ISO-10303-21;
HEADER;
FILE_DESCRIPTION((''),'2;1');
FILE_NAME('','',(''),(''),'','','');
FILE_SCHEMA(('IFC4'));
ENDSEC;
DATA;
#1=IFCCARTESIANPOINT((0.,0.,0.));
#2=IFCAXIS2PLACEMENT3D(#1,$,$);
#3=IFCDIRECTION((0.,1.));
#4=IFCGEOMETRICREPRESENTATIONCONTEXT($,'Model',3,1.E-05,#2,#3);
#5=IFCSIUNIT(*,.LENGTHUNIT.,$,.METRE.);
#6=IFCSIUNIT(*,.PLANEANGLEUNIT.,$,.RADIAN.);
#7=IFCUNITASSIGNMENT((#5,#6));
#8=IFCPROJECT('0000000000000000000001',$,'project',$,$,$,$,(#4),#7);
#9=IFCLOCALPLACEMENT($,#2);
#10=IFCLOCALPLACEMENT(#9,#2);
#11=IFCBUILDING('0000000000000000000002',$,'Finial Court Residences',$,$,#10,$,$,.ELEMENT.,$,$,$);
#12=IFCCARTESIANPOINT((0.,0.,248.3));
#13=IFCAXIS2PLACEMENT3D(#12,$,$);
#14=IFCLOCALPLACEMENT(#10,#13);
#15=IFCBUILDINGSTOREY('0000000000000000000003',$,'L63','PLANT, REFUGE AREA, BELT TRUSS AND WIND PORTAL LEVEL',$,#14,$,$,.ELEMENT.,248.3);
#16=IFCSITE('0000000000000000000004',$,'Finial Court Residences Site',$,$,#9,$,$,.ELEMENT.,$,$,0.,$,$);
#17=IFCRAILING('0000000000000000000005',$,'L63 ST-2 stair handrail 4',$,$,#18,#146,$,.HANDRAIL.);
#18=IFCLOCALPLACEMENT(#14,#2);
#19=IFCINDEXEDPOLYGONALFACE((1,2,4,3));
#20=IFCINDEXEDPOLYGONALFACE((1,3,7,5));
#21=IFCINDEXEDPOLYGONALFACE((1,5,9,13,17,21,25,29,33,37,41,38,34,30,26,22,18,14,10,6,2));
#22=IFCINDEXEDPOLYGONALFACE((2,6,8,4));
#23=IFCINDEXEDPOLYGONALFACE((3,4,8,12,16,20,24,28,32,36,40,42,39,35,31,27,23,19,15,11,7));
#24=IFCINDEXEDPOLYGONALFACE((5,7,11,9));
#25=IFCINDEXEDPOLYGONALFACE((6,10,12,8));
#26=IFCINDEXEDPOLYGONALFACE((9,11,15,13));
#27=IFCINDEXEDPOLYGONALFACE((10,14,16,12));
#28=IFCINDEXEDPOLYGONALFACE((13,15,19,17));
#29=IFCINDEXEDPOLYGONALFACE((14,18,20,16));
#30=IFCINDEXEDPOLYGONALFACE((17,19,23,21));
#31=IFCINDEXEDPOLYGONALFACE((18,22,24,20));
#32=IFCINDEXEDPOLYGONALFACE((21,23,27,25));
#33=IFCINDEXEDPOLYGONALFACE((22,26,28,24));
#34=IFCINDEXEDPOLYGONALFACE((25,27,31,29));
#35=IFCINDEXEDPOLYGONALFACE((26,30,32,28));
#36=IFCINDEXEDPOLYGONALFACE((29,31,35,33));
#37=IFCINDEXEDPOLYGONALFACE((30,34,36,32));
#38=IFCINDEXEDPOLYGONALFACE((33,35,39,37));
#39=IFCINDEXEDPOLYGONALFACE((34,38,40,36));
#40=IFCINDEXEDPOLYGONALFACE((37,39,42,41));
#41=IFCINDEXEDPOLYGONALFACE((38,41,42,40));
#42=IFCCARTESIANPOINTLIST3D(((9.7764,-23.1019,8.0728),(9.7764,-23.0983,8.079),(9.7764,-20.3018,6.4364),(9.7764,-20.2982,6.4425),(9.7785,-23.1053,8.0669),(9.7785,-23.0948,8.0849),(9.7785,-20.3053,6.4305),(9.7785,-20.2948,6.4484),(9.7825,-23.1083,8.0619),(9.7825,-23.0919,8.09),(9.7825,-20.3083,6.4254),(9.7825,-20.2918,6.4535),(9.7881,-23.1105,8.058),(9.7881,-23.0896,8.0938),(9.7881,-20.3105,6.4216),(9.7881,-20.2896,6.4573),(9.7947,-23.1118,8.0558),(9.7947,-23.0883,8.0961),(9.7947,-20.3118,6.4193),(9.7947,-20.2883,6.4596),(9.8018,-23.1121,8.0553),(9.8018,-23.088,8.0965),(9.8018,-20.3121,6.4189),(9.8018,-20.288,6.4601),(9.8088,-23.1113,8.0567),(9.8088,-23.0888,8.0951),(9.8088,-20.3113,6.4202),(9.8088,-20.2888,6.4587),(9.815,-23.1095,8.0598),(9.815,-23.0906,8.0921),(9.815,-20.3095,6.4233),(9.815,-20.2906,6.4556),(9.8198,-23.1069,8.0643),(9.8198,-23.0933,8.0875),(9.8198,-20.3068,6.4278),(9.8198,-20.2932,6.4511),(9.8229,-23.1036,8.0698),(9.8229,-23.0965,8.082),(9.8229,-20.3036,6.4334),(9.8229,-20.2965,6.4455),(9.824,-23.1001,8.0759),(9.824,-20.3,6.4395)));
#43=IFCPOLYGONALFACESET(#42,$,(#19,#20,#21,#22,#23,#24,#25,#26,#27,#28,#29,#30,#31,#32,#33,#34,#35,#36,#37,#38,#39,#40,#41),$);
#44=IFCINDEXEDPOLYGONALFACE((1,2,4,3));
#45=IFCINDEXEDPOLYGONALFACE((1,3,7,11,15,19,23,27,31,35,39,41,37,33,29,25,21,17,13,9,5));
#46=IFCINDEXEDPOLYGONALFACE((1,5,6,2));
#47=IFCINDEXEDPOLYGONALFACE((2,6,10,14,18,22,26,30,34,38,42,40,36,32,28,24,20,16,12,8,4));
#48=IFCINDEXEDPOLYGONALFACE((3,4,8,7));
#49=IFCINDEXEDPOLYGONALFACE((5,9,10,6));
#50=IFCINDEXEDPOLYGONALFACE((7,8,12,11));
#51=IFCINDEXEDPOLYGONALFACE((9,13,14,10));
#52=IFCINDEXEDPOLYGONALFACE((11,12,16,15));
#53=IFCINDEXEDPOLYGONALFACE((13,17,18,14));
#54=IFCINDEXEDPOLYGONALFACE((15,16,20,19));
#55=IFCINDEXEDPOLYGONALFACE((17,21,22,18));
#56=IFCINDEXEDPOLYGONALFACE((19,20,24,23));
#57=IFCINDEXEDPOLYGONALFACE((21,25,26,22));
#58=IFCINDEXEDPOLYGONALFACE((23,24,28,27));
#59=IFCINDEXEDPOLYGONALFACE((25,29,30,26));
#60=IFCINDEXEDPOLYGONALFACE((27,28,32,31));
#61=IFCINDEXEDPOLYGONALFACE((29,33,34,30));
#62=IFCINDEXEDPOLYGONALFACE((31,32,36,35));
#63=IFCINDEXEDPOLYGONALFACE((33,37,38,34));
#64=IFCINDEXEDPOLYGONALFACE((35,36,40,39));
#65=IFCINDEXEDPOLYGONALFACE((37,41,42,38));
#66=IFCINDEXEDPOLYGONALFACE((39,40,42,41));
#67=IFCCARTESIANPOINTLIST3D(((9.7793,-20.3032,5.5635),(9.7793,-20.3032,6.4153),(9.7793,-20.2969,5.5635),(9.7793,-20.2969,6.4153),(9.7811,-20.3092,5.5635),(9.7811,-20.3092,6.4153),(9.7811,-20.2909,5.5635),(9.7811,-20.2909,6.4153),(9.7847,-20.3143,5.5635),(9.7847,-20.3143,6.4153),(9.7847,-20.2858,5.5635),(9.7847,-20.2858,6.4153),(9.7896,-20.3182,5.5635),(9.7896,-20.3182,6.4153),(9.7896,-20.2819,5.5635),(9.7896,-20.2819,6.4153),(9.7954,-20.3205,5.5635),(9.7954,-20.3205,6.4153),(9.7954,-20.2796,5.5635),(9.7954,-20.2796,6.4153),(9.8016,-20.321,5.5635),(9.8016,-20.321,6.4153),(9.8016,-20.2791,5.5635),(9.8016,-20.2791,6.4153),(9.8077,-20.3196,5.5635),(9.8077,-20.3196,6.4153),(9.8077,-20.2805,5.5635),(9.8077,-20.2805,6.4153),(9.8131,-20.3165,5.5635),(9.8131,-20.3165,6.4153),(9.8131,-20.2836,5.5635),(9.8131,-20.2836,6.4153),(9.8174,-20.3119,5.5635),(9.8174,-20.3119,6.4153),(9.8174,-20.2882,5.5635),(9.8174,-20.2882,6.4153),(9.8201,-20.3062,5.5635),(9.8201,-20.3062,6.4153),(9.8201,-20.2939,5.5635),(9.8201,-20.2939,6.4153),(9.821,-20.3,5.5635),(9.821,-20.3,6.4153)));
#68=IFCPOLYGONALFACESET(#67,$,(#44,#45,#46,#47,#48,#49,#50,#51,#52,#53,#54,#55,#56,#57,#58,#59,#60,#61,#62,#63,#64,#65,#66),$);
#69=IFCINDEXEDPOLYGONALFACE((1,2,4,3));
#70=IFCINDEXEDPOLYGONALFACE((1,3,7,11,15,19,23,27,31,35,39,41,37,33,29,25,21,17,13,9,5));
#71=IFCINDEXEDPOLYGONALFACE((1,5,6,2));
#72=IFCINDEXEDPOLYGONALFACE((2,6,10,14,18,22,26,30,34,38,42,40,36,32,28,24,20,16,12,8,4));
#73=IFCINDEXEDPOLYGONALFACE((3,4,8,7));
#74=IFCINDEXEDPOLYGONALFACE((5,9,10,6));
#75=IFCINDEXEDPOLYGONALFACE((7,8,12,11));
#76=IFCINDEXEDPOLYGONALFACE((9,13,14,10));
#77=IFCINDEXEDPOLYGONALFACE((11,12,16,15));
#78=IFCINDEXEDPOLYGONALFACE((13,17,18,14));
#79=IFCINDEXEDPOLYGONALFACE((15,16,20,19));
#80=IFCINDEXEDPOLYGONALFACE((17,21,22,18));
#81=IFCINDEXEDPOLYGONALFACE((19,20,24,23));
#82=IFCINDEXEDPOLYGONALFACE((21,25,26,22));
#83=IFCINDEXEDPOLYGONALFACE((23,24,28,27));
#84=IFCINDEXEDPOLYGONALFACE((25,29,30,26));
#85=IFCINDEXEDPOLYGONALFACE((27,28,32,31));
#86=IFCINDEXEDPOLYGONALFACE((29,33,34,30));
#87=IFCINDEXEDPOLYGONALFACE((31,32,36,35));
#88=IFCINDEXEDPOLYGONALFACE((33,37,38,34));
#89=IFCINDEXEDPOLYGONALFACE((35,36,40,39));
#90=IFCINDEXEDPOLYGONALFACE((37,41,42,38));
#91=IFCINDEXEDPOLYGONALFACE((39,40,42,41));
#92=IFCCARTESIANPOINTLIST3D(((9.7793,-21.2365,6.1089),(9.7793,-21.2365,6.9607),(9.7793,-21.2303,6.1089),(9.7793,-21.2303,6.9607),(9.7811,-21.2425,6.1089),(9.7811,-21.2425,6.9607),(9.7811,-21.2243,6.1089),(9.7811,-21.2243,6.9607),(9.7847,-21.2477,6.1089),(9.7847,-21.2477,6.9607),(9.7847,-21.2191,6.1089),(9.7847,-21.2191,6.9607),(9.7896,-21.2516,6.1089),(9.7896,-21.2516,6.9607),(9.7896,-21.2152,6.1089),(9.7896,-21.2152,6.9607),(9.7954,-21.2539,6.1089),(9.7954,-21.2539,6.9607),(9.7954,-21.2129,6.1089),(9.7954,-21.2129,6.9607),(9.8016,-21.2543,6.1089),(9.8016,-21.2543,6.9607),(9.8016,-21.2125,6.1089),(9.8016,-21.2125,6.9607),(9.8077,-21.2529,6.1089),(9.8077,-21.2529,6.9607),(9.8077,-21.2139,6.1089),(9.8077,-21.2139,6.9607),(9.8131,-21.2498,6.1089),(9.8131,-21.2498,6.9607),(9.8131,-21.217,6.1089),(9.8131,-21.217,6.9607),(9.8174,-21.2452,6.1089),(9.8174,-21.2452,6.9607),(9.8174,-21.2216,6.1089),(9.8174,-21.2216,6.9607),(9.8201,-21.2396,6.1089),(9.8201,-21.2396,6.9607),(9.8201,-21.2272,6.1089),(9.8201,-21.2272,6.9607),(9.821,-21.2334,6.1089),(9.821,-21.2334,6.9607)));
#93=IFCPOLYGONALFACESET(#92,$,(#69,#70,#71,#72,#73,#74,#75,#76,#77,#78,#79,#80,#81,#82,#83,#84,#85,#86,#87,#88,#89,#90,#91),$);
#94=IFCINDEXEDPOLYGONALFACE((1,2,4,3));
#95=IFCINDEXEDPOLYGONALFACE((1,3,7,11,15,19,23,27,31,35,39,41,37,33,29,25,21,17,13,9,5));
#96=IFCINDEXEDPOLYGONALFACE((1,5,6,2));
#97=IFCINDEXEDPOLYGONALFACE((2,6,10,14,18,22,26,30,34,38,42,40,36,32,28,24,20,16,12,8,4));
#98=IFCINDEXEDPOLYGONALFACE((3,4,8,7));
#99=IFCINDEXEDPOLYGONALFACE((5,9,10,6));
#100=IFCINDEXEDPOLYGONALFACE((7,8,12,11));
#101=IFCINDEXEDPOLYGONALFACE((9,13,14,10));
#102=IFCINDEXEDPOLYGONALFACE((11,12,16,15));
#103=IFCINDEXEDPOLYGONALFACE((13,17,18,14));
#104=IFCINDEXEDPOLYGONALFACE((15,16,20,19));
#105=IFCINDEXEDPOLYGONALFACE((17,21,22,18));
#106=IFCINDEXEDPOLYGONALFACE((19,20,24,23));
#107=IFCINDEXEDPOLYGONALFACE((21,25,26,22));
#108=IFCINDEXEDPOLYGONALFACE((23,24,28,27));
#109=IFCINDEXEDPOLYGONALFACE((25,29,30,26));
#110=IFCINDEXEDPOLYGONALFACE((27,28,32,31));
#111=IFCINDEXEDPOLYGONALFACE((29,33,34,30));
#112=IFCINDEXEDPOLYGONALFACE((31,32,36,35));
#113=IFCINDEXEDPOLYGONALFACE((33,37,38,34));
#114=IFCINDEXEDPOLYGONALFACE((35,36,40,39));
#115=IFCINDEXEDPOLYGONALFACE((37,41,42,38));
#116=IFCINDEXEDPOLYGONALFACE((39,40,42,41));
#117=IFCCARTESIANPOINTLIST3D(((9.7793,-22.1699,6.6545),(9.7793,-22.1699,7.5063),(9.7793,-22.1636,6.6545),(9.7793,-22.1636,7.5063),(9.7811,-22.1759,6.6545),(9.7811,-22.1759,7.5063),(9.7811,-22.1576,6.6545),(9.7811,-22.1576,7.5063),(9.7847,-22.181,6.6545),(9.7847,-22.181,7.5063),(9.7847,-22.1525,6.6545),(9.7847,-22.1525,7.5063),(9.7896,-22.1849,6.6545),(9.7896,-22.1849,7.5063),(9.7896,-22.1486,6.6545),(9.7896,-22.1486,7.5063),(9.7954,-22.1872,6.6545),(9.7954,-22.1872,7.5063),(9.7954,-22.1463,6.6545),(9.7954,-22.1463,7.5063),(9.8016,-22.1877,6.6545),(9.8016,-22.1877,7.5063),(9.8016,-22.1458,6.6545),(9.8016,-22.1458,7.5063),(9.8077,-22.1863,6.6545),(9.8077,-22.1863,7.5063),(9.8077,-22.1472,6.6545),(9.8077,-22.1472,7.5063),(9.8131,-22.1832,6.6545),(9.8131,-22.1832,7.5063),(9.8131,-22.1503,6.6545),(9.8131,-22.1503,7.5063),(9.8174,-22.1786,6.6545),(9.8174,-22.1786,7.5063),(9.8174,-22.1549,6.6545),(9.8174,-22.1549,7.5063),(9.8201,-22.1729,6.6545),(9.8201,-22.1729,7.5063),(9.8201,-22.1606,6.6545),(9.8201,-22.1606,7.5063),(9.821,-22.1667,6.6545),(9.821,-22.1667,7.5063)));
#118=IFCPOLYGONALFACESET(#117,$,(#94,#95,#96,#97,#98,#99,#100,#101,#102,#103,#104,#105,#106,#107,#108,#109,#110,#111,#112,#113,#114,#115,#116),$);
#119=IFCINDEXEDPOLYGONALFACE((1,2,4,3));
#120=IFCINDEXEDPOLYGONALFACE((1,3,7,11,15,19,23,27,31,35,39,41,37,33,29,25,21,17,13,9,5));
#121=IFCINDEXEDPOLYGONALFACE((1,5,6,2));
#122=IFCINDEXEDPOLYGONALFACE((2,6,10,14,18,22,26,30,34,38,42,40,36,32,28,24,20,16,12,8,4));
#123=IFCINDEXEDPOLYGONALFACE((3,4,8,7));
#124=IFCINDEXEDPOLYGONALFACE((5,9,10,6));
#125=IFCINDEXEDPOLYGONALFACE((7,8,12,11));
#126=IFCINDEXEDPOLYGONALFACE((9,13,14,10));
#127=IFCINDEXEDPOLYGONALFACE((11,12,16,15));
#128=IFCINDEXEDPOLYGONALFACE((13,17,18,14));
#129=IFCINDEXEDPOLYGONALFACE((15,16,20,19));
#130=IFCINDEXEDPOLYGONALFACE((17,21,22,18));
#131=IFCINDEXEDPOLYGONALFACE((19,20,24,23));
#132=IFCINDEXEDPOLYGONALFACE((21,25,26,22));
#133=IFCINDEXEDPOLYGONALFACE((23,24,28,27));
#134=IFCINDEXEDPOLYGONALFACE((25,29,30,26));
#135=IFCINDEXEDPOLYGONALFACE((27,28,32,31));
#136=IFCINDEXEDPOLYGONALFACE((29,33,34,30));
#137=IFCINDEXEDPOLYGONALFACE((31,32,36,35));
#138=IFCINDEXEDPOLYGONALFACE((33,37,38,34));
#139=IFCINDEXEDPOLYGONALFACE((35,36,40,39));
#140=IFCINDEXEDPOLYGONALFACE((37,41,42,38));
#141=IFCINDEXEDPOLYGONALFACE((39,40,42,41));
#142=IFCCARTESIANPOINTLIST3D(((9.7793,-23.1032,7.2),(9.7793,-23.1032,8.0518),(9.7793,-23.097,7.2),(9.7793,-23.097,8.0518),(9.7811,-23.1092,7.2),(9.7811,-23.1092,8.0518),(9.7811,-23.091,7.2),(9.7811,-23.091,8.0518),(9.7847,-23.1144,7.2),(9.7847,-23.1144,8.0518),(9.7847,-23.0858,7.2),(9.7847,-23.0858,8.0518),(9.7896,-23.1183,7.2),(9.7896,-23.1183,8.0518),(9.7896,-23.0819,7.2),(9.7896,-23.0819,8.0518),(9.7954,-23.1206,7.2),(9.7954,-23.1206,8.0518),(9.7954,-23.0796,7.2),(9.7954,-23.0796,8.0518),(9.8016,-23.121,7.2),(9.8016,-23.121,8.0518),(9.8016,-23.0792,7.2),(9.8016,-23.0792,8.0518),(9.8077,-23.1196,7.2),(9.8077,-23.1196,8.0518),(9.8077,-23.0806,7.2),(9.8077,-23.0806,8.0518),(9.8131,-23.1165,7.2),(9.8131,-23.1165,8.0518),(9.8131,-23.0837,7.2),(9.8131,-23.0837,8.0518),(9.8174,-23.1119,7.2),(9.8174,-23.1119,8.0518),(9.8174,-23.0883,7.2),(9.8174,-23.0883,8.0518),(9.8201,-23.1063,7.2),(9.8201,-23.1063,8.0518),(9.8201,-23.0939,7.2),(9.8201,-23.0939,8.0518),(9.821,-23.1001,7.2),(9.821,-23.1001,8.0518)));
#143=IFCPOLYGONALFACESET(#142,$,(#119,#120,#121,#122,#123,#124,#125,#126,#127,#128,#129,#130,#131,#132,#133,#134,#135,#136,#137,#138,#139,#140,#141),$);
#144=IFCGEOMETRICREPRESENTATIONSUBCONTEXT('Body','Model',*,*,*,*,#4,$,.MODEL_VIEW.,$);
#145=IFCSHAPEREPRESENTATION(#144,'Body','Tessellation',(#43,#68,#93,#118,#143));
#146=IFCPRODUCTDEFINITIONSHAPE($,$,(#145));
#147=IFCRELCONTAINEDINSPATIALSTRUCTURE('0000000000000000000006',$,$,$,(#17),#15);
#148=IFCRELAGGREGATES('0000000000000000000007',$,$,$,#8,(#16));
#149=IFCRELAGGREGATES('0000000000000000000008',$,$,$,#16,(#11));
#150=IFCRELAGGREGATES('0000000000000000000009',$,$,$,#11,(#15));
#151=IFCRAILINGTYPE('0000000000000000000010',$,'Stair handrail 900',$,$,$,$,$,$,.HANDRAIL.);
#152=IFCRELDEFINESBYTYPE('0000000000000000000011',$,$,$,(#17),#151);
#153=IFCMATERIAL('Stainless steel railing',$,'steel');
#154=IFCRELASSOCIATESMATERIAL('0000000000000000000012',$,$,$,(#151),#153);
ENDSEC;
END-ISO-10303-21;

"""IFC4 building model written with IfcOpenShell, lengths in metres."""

from ifc_helpers import new_model, si_unit, direction, frame, origin, origin_2d, place, context, subcontext, project, spatial, circle, extrude, material, type_object, element, save


model = new_model("IFC4")

# Units and contexts
model_context = context("Model", 3, precision=1e-05, world=origin(), true_north=direction((0.0, 1.0)))
body_context = subcontext(model_context, "Body", "Model", "MODEL_VIEW")
ifc_project = project(units=[si_unit("LENGTHUNIT", "METRE"), si_unit("PLANEANGLEUNIT", "RADIAN")], contexts=[model_context])

# Site, building, storey
site_placement = place(None, origin())
site = spatial("IfcSite", under=ifc_project, at=site_placement, Name="Finial Court Residences Site", CompositionType="ELEMENT", RefElevation=0.0)
building_placement = place(site_placement, origin())
building = spatial("IfcBuilding", under=site, at=building_placement, Name="Finial Court Residences", CompositionType="ELEMENT")
storey_placement = place(building_placement, frame((0.0, 0.0, 248.3)))
storey = spatial("IfcBuildingStorey", under=building, at=storey_placement, Name="L63", Description="PLANT, REFUGE AREA, BELT TRUSS AND WIND PORTAL LEVEL", CompositionType="ELEMENT", Elevation=248.3)

# Railing
ifc_material_1 = material(Name="Stainless steel railing", Category="steel")
railing_type_1 = type_object("IfcRailingType", Name="Stair handrail 900", PredefinedType="HANDRAIL", material=ifc_material_1)
railing_1_placement = place(storey_placement, frame((9.8, -20.3, 5.5635)))
element("IfcRailing", 1, at=railing_1_placement, inside=storey, type_object=railing_type_1, Name="L63 ST-2 stair handrail 4", PredefinedType="HANDRAIL", context=body_context, shape_type="SweptSolid", body=[
    extrude(circle(Radius=0.0239, at=origin_2d()), frame((0.0, 0.0, 0.876), z_axis=(0.0, -0.863361, 0.504587), x_axis=(1.0, 0.0, 0.0)), (0.0, 0.0, 1.0), 3.2432),
    extrude(circle(Radius=0.021, at=origin_2d()), origin(), (0.0, 0.0, 1.0), 0.8518),
    extrude(circle(Radius=0.021, at=origin_2d()), frame((0.0, -0.9333, 0.5454)), (0.0, 0.0, 1.0), 0.8518),
    extrude(circle(Radius=0.021, at=origin_2d()), frame((0.0, -1.8667, 1.0911)), (0.0, 0.0, 1.0), 0.8518),
    extrude(circle(Radius=0.021, at=origin_2d()), frame((0.0, -2.8, 1.6365)), (0.0, 0.0, 1.0), 0.8518),
])

save(model, "model.ifc")
